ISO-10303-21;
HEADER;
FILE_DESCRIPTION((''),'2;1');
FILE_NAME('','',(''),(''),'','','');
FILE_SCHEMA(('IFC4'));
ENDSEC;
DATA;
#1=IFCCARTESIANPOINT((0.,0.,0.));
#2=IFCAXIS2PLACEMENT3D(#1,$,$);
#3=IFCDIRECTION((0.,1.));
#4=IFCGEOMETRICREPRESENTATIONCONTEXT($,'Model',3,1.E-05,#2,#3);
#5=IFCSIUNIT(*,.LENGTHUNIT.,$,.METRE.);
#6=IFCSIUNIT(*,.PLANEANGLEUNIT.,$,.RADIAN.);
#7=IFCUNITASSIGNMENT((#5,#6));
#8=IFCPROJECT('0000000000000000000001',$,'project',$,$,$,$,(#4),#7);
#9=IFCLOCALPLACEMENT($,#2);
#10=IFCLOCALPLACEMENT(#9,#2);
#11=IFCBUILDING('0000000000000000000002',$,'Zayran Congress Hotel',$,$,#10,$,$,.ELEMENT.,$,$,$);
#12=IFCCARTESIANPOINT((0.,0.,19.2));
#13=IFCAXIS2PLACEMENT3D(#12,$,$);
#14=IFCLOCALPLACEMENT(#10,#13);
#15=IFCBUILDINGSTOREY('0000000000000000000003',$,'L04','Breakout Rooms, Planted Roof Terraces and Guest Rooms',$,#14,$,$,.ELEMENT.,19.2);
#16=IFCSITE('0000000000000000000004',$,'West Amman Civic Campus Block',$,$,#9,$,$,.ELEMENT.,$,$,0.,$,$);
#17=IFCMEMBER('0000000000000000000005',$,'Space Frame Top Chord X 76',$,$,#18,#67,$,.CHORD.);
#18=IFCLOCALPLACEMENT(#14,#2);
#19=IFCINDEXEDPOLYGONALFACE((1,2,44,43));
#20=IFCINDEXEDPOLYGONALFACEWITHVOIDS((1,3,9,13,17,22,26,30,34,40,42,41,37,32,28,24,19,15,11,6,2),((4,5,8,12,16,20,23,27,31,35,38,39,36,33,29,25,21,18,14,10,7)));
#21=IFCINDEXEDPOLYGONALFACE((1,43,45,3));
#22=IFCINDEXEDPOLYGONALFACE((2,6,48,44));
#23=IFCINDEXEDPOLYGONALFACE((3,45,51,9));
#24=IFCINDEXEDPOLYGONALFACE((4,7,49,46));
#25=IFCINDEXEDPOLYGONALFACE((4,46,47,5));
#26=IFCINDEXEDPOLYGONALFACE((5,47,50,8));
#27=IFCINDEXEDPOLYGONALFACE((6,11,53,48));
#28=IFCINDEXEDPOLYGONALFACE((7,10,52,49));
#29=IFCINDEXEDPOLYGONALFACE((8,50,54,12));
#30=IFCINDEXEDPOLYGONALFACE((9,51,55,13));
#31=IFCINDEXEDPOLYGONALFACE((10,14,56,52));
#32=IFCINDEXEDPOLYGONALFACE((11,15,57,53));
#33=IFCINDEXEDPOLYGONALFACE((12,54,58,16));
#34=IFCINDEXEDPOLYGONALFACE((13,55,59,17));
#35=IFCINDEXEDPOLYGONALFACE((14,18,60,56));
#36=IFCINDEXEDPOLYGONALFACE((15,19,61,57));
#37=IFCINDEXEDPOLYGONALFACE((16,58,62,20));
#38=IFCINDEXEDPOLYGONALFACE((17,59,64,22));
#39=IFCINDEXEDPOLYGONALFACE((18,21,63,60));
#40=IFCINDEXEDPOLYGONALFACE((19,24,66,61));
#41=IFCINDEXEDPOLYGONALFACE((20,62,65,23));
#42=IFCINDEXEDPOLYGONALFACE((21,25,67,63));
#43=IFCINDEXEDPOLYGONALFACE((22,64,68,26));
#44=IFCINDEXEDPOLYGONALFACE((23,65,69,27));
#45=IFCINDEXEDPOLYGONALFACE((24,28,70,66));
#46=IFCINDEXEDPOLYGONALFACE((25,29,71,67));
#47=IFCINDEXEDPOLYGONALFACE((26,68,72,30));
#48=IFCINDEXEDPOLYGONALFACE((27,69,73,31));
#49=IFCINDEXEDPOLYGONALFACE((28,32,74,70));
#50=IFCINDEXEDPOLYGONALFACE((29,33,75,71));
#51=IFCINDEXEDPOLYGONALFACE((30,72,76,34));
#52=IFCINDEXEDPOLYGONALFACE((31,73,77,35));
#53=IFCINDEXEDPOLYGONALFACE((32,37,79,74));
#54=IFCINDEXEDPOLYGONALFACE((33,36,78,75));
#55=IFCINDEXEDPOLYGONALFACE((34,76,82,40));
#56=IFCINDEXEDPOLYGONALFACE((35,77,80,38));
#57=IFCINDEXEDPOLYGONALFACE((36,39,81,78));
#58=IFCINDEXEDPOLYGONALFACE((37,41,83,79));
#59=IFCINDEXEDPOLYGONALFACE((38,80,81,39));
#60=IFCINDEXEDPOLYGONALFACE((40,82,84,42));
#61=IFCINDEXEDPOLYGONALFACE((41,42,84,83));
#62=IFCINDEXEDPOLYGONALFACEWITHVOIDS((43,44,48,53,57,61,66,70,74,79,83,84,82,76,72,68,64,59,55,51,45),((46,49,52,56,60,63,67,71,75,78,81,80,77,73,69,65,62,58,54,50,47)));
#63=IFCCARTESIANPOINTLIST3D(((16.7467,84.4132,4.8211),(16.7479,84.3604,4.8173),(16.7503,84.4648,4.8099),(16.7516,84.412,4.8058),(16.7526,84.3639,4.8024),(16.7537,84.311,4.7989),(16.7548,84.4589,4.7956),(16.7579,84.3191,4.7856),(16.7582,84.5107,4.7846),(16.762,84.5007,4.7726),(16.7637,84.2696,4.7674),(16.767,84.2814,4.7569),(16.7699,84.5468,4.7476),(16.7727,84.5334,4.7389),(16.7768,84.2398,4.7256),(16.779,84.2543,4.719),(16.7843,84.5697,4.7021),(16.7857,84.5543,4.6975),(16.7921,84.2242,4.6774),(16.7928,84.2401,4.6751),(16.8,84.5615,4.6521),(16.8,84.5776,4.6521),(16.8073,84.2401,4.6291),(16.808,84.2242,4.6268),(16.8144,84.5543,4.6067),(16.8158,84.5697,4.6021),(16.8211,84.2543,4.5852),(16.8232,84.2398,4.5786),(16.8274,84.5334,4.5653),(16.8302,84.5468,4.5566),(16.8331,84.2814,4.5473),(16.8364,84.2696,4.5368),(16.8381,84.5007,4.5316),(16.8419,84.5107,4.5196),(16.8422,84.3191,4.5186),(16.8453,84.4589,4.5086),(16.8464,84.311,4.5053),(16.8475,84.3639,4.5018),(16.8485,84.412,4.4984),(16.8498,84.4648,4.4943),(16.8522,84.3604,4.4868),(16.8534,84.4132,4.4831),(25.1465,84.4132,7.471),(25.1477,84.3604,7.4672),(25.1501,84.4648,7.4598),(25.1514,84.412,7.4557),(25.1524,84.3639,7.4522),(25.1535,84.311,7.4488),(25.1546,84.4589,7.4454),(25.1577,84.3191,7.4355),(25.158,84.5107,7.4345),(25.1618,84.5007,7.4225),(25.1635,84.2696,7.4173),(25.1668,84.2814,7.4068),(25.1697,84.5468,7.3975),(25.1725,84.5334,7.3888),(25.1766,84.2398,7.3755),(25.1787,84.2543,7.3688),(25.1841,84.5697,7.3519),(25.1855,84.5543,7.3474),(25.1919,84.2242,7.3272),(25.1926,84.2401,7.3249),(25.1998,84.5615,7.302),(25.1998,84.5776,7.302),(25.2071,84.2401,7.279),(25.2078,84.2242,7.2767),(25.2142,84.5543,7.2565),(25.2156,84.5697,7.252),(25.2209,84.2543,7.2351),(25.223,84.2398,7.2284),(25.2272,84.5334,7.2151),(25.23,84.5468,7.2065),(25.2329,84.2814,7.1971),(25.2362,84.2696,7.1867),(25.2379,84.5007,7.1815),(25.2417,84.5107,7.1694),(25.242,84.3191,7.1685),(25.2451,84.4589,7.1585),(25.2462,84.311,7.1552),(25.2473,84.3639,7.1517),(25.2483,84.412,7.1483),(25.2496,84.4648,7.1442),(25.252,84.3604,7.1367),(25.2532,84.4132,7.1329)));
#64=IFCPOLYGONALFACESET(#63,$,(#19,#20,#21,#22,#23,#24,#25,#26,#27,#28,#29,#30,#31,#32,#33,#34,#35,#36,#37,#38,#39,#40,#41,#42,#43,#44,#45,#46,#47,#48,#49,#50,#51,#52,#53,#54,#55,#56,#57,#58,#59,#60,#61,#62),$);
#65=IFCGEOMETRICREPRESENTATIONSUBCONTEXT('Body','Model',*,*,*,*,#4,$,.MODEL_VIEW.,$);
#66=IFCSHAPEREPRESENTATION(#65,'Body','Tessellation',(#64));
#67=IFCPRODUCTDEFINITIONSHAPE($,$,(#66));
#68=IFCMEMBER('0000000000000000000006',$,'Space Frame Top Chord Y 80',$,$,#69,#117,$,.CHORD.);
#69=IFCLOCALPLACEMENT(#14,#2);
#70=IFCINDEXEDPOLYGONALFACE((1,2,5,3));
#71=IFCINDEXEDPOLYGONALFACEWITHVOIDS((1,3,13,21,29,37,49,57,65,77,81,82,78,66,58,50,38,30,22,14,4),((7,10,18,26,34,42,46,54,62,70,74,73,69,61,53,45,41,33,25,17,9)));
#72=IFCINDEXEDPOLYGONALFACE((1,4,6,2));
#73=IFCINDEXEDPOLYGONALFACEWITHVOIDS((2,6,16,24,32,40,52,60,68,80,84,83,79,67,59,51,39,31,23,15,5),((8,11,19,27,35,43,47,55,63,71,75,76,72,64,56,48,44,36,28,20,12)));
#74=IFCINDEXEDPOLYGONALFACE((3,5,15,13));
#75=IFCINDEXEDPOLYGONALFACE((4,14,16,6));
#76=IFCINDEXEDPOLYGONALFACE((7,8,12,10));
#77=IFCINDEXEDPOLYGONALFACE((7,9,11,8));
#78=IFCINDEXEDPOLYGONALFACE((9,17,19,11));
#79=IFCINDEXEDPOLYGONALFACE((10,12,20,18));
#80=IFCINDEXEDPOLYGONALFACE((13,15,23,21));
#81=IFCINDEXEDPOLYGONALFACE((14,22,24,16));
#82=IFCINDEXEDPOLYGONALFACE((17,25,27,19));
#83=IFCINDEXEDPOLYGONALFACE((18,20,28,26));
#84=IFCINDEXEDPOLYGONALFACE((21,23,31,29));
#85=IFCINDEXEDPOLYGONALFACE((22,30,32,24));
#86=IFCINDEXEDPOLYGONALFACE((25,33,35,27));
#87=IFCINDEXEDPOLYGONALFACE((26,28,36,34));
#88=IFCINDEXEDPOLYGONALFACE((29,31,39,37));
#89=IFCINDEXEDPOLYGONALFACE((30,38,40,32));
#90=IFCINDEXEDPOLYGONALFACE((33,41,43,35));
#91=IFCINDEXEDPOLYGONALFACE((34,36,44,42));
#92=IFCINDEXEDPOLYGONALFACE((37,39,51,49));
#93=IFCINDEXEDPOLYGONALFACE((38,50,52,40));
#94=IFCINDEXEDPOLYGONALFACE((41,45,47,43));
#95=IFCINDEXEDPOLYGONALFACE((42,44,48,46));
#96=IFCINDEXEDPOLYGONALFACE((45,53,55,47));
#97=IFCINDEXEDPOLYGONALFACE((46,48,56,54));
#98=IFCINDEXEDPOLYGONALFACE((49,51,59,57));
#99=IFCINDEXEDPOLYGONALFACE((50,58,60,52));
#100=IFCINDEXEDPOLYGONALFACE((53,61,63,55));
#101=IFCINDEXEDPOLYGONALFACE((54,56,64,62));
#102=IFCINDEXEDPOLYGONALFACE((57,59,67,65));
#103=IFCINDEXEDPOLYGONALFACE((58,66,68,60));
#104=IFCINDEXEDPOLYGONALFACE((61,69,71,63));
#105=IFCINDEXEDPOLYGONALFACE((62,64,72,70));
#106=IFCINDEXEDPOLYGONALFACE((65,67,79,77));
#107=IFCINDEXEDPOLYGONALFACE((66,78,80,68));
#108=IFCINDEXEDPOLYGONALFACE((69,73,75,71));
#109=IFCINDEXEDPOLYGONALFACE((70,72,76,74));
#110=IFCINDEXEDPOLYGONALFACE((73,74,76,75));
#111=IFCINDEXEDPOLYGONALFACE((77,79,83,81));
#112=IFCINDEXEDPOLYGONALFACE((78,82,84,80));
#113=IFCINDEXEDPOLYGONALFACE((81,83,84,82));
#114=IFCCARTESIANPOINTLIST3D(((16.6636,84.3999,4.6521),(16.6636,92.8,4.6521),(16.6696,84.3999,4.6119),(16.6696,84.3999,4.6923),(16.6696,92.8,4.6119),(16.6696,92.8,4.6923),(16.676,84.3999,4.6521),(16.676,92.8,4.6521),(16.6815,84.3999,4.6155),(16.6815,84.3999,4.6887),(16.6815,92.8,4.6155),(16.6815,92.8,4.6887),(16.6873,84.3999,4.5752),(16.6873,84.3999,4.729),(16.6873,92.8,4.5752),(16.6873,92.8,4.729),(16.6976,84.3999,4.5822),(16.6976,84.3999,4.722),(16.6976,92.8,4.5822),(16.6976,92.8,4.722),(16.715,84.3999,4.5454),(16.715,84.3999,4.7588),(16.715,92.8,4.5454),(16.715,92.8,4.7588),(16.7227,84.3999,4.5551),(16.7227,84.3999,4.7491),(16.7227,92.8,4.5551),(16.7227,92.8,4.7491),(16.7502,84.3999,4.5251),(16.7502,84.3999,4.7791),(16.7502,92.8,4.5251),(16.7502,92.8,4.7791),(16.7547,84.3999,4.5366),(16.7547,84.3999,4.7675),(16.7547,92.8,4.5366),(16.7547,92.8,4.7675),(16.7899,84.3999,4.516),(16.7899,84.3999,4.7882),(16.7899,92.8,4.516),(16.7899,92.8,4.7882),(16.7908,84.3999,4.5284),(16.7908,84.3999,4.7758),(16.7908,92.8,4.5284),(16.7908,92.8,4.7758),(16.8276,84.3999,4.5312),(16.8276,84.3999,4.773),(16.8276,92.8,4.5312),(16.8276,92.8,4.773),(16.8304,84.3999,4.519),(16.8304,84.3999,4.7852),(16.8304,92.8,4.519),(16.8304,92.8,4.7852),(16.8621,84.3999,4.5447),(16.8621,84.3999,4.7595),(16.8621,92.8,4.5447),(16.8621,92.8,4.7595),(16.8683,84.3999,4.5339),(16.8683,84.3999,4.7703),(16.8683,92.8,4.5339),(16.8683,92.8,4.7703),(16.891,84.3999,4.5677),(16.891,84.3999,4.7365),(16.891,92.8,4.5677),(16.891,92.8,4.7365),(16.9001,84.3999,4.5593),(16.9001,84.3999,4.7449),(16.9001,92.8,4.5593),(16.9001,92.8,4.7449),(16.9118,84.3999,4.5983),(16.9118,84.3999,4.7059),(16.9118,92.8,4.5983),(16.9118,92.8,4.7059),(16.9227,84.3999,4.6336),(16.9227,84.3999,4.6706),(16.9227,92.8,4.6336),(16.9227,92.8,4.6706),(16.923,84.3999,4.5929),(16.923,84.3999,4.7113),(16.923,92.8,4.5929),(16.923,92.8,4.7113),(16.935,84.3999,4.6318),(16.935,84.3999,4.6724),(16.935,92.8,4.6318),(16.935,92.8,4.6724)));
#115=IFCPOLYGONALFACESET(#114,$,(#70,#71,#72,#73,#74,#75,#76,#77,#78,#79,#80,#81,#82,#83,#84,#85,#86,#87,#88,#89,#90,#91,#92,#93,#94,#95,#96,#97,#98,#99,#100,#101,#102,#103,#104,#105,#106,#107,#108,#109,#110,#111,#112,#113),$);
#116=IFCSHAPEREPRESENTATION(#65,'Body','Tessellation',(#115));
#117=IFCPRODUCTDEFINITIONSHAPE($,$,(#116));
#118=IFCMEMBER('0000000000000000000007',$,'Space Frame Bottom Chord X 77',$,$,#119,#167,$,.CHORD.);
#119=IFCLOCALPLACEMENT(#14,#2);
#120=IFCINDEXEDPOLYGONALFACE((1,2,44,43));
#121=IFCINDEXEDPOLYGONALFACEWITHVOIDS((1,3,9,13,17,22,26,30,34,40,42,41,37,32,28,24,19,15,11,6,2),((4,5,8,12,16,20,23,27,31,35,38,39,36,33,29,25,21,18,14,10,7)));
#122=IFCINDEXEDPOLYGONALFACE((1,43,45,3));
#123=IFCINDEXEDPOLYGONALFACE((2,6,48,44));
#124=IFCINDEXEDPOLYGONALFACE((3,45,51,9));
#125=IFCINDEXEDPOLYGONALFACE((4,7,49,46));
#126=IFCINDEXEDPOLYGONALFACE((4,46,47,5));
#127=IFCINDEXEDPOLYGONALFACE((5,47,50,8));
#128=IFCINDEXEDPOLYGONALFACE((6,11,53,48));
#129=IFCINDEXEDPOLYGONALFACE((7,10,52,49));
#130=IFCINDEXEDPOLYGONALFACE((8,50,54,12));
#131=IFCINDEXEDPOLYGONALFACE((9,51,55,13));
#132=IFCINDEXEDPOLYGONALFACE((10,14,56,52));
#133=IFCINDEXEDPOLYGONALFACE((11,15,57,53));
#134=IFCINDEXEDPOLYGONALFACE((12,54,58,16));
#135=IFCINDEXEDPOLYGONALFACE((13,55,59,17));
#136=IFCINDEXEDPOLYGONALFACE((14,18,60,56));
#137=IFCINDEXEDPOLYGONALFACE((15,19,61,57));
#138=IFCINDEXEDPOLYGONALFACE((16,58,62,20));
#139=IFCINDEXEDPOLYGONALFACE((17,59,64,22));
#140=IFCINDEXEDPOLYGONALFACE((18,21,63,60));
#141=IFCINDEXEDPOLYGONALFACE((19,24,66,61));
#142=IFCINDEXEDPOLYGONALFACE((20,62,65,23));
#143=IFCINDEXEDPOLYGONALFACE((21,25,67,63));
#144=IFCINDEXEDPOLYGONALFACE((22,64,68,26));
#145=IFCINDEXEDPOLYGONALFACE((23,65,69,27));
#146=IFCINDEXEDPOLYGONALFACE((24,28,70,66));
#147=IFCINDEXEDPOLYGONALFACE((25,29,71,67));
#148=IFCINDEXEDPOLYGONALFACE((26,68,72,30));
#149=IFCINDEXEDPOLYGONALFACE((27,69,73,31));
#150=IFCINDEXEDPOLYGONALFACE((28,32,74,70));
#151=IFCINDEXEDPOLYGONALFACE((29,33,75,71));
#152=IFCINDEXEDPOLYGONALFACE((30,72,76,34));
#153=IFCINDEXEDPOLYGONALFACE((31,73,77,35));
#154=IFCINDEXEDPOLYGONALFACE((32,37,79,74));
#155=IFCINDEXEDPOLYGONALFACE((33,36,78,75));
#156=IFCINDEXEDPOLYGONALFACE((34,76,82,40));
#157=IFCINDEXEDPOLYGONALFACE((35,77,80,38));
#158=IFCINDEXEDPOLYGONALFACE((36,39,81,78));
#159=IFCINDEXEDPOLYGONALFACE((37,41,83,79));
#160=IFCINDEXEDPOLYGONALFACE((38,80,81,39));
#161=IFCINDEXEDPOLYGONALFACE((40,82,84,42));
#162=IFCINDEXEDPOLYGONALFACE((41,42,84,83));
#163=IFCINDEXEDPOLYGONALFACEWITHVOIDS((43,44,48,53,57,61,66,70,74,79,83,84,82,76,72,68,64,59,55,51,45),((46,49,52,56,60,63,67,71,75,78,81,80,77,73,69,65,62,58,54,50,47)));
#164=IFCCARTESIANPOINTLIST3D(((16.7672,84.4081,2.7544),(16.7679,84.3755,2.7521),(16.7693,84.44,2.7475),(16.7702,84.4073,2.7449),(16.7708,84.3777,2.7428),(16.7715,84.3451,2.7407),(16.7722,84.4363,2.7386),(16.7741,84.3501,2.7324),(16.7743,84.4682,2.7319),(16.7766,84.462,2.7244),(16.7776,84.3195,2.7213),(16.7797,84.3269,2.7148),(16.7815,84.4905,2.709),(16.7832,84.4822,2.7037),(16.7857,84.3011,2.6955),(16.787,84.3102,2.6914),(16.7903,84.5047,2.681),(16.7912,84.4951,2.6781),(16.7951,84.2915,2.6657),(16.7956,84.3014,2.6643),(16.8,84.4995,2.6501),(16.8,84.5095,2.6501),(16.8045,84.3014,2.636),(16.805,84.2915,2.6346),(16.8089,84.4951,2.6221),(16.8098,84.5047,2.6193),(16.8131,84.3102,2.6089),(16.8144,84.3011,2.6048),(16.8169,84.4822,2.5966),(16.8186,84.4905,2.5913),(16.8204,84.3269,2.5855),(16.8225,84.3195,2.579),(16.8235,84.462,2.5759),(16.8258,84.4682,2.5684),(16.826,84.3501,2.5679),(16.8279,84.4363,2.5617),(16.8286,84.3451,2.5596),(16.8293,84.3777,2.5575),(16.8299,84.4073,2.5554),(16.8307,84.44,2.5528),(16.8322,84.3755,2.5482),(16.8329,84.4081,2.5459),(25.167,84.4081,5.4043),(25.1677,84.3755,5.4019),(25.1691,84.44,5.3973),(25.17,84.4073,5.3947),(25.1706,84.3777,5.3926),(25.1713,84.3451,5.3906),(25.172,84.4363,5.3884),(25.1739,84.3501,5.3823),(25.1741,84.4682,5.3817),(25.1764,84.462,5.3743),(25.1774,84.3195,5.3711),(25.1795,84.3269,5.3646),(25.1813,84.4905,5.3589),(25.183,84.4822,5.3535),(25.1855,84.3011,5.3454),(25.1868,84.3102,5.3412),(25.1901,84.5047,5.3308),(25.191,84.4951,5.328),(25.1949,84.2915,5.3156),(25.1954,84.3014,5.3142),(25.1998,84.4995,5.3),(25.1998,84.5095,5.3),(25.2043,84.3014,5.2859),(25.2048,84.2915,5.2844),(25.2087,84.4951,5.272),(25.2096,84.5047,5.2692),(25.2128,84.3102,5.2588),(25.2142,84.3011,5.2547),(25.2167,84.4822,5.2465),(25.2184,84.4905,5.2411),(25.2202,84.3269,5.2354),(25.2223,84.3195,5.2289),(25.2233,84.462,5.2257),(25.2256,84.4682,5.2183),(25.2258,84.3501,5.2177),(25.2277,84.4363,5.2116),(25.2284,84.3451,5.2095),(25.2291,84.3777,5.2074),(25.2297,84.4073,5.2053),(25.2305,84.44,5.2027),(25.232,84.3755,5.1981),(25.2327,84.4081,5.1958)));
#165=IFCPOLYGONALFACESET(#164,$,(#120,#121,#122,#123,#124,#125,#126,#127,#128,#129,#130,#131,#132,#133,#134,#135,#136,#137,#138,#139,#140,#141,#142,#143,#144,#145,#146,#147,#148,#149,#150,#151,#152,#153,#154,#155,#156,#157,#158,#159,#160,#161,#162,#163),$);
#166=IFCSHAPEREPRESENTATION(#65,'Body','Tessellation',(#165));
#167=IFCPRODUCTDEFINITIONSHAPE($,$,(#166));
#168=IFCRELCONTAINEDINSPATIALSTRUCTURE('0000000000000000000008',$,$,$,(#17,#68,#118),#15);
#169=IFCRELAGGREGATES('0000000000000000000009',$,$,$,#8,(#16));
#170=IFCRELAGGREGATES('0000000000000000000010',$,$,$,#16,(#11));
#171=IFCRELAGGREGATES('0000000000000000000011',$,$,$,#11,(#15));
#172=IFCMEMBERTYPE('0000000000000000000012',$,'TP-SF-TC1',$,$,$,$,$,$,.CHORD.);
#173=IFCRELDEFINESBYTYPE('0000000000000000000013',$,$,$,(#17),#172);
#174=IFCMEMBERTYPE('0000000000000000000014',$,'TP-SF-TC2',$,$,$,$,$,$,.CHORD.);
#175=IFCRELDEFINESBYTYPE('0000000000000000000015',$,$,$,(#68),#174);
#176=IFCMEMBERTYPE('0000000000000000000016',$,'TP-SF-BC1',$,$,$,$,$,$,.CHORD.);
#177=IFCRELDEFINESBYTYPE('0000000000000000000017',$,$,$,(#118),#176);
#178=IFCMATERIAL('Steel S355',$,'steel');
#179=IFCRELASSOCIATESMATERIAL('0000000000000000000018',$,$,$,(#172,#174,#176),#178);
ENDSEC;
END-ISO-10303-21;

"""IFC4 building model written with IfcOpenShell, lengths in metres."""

from ifc_helpers import new_model, si_unit, direction, frame, origin, origin_2d, place, context, subcontext, project, spatial, hollow_circle, extrude, material, material_profile, profile_set, type_object, element, save


model = new_model("IFC4")

# Units and contexts
model_context = context("Model", 3, precision=1e-05, world=origin(), true_north=direction((0.0, 1.0)))
body_context = subcontext(model_context, "Body", "Model", "MODEL_VIEW")
ifc_project = project(units=[si_unit("LENGTHUNIT", "METRE"), si_unit("PLANEANGLEUNIT", "RADIAN")], contexts=[model_context])

# Site, building, storey
site_placement = place(None, origin())
site = spatial("IfcSite", under=ifc_project, at=site_placement, Name="West Amman Civic Campus Block", CompositionType="ELEMENT", RefElevation=0.0)
building_placement = place(site_placement, origin())
building = spatial("IfcBuilding", under=site, at=building_placement, Name="Zayran Congress Hotel", CompositionType="ELEMENT")
storey_placement = place(building_placement, frame((0.0, 0.0, 19.2)))
storey = spatial("IfcBuildingStorey", under=building, at=storey_placement, Name="L04", Description="Breakout Rooms, Planted Roof Terraces and Guest Rooms", CompositionType="ELEMENT", Elevation=19.2)

# Members
ifc_material_1 = material(Name="Steel S355", Category="steel")
ifc_material_profile_1 = material_profile(ifc_material_1, hollow_circle(Radius=0.1777, WallThickness=0.0161, at=origin_2d()), Name="CHS 355.6x16")
ifc_profile_set_1 = profile_set([ifc_material_profile_1], Name="Steel S355")
member_type_1 = type_object("IfcMemberType", Name="TP-SF-TC1", PredefinedType="CHORD", material=ifc_profile_set_1)
member_1_placement = place(storey_placement, frame((16.8, 84.3999, 4.6521), z_axis=(0.953671, 0.0, 0.300853), x_axis=(0.0, 1.0, 0.0)))
element("IfcMember", 1, at=member_1_placement, inside=storey, type_object=member_type_1, Name="Space Frame Top Chord X 76", PredefinedType="CHORD", context=body_context, shape_type="SweptSolid", body=[
    extrude(hollow_circle(Radius=0.1777, WallThickness=0.0161, at=origin_2d()), origin(), (0.0, 0.0, 1.0), 8.8079),
])
ifc_material_profile_2 = material_profile(ifc_material_1, hollow_circle(Radius=0.1365, WallThickness=0.0125, at=origin_2d()), Name="CHS 273x12.5")
ifc_profile_set_2 = profile_set([ifc_material_profile_2], Name="Steel S355")
member_type_2 = type_object("IfcMemberType", Name="TP-SF-TC2", PredefinedType="CHORD", material=ifc_profile_set_2)
member_2_placement = place(storey_placement, frame((16.8, 84.3999, 4.6521), z_axis=(0.0, 1.0, 0.0), x_axis=(-1.0, 0.0, 0.0)))
element("IfcMember", 2, at=member_2_placement, inside=storey, type_object=member_type_2, Name="Space Frame Top Chord Y 80", PredefinedType="CHORD", context=body_context, shape_type="SweptSolid", body=[
    extrude(hollow_circle(Radius=0.1365, WallThickness=0.0125, at=origin_2d()), origin(), (0.0, 0.0, 1.0), 8.4001),
])
ifc_material_profile_3 = material_profile(ifc_material_1, hollow_circle(Radius=0.1096, WallThickness=0.01, at=origin_2d()), Name="CHS 219.1x10")
ifc_profile_set_3 = profile_set([ifc_material_profile_3], Name="Steel S355")
member_type_3 = type_object("IfcMemberType", Name="TP-SF-BC1", PredefinedType="CHORD", material=ifc_profile_set_3)
member_3_placement = place(storey_placement, frame((16.8, 84.3999, 2.6501), z_axis=(0.953671, 0.0, 0.300853), x_axis=(0.0, 1.0, 0.0)))
element("IfcMember", 3, at=member_3_placement, inside=storey, type_object=member_type_3, Name="Space Frame Bottom Chord X 77", PredefinedType="CHORD", context=body_context, shape_type="SweptSolid", body=[
    extrude(hollow_circle(Radius=0.1096, WallThickness=0.01, at=origin_2d()), origin(), (0.0, 0.0, 1.0), 8.8079),
])

save(model, "model.ifc")
